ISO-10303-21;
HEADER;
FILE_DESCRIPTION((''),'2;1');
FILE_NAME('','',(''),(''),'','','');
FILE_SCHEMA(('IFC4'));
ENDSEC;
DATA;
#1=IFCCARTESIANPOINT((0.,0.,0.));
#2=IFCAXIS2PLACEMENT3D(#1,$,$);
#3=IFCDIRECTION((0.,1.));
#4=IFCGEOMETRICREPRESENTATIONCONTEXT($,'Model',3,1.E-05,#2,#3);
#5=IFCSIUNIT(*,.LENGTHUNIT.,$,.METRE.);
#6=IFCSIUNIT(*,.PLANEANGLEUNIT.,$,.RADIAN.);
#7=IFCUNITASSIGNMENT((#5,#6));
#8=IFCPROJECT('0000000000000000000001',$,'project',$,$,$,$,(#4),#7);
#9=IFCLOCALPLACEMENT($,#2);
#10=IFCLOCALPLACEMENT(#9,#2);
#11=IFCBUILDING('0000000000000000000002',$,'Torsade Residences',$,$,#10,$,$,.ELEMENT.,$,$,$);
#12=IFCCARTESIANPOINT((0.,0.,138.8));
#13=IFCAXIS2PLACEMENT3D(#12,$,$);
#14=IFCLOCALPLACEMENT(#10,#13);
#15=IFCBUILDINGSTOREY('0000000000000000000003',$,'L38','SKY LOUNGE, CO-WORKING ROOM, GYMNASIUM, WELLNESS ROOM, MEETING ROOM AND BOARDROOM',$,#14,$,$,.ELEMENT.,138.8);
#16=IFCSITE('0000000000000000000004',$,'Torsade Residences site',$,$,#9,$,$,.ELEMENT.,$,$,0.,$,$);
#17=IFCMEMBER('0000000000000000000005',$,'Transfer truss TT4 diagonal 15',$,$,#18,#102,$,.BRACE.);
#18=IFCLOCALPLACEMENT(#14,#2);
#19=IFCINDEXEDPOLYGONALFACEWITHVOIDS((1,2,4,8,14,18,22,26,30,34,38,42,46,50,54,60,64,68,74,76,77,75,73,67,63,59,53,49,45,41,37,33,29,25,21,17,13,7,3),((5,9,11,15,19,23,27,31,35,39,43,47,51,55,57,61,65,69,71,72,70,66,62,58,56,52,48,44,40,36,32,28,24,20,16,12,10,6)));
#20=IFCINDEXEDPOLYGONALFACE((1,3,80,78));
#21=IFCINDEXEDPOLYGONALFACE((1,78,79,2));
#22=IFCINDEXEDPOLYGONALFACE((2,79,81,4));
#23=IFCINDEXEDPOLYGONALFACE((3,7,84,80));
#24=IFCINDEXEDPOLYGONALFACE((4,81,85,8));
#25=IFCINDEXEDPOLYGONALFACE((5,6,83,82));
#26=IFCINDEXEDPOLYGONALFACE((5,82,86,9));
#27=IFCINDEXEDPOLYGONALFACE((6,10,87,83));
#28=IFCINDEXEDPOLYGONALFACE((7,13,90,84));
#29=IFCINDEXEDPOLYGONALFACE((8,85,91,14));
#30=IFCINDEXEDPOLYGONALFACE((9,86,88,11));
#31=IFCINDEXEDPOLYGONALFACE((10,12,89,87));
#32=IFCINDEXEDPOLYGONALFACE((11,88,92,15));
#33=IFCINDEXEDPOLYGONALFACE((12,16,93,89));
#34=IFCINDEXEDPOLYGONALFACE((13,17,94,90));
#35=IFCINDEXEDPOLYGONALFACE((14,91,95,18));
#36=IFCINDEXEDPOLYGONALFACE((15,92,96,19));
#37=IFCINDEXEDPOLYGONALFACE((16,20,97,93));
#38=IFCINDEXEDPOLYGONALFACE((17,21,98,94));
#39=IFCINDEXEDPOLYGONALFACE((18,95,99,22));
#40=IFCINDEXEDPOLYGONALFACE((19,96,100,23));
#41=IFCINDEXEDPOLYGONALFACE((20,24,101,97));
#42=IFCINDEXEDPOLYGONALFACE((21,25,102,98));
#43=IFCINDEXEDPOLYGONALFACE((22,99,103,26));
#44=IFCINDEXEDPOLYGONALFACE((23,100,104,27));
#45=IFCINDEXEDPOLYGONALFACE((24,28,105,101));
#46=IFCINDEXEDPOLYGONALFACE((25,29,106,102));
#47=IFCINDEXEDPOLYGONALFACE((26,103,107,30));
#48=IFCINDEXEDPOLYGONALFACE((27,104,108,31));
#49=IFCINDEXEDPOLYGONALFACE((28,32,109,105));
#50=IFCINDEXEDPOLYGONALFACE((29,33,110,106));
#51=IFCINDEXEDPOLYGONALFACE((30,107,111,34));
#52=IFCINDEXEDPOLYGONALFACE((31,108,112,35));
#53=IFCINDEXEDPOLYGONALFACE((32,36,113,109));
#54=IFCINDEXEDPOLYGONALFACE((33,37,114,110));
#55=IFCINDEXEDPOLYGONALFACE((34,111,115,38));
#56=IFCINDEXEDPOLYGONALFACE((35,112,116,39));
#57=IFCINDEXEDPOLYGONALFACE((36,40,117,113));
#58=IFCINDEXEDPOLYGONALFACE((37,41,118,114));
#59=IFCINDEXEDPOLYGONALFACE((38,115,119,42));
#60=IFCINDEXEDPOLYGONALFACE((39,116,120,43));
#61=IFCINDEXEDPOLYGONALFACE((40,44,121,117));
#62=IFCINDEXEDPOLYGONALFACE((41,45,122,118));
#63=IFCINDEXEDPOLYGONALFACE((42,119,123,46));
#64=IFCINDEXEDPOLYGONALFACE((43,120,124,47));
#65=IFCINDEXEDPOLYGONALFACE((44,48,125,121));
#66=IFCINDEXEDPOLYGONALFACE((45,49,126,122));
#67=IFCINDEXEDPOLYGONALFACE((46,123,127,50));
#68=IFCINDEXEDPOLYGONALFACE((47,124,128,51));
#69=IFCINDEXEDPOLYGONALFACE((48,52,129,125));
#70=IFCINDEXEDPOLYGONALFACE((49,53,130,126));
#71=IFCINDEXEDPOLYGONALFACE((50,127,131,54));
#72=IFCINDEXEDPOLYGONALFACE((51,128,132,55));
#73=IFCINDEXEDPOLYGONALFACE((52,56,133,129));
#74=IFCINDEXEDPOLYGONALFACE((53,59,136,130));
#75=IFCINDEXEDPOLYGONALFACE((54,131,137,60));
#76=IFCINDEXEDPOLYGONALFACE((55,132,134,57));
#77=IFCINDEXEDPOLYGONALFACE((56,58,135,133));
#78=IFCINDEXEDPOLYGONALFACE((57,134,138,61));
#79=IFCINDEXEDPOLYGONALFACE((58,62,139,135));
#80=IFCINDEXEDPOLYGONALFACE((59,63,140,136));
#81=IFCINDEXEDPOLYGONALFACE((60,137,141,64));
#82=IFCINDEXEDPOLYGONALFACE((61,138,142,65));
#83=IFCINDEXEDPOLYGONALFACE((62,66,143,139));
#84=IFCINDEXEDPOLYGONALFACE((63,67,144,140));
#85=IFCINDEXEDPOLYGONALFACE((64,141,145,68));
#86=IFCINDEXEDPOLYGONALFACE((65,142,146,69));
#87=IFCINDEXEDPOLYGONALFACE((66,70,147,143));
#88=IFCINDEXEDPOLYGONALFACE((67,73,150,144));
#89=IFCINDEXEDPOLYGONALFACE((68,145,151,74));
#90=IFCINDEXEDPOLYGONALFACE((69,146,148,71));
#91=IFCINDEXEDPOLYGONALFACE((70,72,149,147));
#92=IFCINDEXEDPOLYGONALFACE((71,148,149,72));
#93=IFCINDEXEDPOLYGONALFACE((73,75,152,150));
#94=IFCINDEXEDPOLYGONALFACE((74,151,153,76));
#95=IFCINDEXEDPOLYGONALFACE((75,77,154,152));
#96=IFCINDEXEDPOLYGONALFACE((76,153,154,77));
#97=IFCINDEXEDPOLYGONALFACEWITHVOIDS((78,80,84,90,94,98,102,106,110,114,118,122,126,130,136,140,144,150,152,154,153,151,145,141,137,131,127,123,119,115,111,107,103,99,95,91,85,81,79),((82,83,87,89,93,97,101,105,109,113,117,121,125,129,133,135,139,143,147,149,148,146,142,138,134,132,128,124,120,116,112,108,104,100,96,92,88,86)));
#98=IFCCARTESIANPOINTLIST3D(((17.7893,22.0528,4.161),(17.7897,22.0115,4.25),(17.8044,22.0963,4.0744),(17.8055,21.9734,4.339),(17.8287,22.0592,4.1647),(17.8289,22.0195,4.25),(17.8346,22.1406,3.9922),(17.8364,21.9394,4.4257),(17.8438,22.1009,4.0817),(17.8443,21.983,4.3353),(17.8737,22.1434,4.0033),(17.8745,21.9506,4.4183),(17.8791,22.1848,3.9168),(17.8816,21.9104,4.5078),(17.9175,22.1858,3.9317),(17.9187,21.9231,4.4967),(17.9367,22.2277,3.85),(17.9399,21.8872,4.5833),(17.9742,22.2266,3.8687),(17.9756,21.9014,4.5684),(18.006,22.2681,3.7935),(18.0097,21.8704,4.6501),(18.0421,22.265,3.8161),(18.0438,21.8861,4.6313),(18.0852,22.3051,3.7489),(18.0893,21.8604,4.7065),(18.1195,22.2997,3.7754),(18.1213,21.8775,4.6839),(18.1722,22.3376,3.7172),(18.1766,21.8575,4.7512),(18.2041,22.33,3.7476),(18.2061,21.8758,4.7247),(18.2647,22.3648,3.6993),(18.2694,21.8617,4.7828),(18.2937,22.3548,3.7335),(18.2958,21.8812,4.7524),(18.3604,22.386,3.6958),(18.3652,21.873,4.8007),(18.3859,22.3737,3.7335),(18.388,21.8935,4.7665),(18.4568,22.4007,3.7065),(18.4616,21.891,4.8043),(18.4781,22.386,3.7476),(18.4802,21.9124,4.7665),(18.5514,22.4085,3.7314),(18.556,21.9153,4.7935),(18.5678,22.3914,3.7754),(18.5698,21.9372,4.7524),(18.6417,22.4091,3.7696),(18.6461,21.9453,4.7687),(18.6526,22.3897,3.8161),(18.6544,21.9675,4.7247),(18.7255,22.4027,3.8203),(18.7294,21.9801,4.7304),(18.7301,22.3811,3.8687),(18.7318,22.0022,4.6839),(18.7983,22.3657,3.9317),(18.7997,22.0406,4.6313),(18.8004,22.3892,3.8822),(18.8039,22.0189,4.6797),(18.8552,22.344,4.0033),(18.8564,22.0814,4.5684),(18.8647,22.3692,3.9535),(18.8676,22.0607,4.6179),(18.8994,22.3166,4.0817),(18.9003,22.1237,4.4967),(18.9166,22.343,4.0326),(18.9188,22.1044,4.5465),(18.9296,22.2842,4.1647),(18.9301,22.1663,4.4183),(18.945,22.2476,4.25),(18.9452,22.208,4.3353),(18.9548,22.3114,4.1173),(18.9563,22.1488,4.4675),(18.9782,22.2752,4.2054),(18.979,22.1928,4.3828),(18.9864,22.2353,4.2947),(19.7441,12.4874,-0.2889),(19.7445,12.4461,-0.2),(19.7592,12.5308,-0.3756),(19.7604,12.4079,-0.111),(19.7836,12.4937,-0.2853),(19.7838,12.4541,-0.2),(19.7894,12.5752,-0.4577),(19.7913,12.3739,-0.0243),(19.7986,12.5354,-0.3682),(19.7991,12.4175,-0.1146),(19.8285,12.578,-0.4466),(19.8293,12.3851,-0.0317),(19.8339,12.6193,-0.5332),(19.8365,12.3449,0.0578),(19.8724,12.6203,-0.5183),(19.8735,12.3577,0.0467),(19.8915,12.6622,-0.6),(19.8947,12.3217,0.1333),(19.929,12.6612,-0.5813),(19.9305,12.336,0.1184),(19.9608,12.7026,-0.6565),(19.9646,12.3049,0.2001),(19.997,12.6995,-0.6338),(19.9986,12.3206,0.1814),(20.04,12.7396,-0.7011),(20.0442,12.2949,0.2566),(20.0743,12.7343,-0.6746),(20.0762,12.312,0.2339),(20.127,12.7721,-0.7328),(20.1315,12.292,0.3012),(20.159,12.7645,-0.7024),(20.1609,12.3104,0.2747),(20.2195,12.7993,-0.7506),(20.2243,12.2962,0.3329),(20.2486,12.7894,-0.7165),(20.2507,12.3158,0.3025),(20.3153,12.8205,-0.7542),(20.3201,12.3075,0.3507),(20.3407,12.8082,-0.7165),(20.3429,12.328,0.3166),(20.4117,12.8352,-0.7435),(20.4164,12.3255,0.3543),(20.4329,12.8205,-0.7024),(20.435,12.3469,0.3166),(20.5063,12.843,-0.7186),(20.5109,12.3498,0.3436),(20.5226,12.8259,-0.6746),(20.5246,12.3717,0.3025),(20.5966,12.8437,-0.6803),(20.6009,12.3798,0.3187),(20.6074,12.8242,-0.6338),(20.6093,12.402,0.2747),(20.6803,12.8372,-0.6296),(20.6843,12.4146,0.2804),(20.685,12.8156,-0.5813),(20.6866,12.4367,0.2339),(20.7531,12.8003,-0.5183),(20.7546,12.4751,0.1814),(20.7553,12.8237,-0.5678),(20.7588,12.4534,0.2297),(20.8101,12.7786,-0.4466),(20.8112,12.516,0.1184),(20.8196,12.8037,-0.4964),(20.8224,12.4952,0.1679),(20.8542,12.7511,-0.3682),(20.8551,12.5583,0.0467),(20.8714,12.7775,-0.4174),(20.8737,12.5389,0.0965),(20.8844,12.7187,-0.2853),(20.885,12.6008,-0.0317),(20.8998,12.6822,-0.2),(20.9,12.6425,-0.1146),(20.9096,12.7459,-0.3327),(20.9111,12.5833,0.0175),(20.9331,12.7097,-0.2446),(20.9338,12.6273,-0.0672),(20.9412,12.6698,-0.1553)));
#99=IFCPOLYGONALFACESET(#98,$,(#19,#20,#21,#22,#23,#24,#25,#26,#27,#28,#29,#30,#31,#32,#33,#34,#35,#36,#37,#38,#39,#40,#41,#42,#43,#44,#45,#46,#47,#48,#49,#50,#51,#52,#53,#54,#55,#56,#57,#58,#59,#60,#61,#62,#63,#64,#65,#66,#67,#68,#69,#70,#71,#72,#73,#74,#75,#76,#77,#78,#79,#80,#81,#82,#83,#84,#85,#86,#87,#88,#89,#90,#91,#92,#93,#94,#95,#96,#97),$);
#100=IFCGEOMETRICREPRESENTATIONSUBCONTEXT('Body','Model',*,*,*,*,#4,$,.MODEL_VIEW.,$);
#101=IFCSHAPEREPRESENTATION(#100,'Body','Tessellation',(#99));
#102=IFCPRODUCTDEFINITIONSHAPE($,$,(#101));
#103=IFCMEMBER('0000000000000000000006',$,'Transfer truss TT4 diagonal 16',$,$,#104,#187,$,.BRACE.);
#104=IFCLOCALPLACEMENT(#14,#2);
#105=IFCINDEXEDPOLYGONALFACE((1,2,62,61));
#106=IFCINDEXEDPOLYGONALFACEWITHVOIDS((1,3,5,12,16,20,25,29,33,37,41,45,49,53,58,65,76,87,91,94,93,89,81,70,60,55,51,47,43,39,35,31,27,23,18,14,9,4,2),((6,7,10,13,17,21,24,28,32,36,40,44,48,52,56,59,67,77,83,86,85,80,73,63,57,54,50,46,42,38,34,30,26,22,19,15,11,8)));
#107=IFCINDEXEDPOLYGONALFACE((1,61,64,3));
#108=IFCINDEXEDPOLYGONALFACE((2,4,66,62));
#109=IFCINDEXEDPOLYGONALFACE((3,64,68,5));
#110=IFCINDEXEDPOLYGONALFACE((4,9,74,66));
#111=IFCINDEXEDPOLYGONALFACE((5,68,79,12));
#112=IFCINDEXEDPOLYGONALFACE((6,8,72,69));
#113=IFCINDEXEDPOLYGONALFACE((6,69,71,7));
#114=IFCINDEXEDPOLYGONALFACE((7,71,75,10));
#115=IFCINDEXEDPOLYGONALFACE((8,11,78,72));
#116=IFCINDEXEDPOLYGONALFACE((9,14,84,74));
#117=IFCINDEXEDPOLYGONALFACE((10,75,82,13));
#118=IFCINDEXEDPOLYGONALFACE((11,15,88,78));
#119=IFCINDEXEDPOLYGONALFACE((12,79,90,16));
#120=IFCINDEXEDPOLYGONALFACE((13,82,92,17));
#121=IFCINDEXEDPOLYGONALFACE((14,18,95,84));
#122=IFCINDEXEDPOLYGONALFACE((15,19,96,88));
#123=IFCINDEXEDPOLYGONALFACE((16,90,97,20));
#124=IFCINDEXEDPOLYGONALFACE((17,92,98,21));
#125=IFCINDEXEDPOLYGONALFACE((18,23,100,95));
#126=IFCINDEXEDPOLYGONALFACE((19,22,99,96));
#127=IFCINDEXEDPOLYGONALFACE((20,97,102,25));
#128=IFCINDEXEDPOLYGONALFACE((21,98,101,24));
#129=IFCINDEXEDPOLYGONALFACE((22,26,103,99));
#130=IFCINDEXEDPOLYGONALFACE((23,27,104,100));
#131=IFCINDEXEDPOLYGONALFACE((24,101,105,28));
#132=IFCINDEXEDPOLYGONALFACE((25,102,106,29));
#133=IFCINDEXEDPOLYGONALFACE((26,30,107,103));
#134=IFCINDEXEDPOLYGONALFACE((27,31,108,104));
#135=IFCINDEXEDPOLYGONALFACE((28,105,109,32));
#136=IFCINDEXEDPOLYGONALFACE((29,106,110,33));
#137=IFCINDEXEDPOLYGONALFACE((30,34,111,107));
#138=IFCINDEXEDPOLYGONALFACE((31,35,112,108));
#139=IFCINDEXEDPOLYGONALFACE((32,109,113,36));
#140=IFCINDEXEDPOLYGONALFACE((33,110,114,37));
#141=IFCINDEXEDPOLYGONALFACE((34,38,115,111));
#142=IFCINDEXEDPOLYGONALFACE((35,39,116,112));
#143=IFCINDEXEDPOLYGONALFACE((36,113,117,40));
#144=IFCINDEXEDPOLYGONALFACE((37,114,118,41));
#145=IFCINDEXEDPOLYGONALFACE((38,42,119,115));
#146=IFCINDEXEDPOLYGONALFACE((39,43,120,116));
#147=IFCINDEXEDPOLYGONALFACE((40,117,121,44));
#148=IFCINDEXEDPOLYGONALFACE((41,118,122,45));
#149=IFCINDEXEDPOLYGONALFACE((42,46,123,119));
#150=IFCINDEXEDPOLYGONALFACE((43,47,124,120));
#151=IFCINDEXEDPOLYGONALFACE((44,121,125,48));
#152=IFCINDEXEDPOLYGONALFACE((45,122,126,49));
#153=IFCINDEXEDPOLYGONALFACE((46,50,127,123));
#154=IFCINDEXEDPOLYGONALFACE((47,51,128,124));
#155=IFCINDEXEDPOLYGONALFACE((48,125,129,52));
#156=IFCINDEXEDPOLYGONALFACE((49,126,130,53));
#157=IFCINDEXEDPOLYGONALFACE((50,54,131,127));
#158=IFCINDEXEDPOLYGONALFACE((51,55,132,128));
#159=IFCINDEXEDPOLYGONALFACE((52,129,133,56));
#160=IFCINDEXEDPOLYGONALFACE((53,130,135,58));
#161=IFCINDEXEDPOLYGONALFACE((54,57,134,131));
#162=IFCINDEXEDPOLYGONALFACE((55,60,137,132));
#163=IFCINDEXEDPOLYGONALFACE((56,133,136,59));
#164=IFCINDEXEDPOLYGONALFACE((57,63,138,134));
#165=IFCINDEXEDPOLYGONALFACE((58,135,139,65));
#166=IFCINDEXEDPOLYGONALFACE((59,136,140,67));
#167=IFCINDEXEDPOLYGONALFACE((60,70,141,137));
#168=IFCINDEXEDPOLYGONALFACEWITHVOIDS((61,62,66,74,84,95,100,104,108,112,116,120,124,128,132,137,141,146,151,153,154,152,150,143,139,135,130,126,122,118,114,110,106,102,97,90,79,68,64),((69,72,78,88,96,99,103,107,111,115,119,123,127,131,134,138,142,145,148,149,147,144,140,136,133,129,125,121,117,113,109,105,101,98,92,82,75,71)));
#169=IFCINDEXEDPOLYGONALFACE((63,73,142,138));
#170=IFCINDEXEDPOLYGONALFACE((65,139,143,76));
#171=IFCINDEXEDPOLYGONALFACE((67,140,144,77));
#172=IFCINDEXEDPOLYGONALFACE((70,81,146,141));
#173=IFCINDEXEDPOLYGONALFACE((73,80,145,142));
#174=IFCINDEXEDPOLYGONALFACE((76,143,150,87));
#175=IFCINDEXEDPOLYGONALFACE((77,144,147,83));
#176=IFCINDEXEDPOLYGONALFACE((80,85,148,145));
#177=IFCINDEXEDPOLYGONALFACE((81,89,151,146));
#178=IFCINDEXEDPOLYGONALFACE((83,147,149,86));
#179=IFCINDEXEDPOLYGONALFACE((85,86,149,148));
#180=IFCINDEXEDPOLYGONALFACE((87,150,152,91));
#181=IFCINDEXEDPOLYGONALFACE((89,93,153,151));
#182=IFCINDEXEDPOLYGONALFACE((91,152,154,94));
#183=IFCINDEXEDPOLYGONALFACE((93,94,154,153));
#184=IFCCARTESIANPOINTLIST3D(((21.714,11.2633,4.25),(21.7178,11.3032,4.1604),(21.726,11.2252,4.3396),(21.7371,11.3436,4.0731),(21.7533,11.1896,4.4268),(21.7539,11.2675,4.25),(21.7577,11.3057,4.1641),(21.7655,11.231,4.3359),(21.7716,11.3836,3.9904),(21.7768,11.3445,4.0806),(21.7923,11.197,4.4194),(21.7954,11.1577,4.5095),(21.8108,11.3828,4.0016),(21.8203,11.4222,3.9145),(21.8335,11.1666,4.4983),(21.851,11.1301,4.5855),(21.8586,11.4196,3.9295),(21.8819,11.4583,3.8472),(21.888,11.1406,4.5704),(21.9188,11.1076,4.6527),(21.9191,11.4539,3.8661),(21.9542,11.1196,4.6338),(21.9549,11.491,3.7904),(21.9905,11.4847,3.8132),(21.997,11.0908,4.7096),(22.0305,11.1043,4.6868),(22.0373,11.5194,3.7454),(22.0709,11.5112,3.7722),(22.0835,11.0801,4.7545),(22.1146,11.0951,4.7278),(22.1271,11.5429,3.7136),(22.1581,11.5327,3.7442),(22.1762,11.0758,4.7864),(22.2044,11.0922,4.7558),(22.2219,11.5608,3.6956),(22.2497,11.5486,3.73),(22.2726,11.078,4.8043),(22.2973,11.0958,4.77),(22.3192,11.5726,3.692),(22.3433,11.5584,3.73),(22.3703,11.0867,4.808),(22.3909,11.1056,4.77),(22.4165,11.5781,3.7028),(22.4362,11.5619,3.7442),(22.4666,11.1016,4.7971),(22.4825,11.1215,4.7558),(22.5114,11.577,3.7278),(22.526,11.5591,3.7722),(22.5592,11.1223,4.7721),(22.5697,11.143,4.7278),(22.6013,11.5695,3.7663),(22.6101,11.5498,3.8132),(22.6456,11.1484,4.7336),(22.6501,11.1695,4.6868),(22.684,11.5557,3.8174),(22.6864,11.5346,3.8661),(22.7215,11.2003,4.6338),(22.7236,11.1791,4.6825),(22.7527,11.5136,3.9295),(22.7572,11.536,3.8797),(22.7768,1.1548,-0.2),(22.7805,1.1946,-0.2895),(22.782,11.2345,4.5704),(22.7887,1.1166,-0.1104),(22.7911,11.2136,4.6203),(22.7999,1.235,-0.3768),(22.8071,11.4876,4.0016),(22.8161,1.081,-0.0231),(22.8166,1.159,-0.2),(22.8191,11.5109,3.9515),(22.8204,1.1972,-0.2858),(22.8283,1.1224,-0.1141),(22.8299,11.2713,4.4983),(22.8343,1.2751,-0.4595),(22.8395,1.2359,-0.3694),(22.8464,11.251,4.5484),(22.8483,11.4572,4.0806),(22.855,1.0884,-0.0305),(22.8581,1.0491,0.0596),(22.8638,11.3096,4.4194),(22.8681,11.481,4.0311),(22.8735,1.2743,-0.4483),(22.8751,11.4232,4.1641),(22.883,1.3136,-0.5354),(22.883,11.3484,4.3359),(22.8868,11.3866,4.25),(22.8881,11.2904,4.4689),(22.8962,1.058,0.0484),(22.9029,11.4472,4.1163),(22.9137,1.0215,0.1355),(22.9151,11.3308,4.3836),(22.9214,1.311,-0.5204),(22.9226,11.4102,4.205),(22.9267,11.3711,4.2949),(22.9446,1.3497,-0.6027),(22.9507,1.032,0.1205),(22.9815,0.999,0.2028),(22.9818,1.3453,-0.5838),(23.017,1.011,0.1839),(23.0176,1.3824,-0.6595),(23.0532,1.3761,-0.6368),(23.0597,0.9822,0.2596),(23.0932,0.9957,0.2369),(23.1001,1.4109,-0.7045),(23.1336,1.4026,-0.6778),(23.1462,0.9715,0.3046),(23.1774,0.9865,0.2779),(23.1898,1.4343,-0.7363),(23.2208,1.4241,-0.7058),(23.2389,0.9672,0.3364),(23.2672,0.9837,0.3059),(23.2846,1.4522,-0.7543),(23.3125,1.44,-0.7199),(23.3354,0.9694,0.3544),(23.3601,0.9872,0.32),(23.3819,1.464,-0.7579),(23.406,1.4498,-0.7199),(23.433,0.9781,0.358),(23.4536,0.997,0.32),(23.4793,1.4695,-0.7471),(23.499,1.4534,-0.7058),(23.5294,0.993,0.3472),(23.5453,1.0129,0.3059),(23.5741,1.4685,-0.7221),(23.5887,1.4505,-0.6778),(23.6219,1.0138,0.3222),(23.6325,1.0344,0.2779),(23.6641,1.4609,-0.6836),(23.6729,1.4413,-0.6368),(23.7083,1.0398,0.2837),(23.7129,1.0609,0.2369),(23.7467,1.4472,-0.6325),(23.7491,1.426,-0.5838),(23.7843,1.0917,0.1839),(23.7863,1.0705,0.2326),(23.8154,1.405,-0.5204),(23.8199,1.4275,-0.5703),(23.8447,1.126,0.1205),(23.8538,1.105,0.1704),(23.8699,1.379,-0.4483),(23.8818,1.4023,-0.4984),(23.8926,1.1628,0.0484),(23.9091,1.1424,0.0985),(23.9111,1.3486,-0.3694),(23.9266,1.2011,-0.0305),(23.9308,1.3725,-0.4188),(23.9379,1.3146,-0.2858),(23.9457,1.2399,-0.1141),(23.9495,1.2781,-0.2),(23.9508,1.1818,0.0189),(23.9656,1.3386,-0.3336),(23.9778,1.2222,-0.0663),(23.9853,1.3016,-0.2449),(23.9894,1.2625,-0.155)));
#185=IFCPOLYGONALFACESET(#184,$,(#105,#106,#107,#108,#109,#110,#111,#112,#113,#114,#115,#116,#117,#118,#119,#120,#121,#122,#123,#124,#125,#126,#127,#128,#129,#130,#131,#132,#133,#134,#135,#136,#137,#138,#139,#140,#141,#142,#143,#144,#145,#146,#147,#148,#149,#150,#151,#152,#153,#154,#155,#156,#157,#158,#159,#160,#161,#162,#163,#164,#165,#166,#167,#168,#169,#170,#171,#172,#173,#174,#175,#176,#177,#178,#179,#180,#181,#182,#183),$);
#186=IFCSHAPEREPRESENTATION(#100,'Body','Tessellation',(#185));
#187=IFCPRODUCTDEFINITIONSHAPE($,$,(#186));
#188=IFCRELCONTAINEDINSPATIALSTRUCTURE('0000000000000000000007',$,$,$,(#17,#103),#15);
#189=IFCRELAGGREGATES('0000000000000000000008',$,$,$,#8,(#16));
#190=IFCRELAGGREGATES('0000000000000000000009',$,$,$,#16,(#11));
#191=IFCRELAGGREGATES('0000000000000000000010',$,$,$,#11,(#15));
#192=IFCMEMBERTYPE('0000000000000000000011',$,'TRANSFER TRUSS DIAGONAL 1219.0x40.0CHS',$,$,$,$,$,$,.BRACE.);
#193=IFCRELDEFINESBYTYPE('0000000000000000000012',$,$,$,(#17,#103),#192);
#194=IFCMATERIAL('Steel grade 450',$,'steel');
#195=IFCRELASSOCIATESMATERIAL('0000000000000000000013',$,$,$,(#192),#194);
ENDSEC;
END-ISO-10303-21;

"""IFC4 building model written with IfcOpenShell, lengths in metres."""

from ifc_helpers import new_model, si_unit, direction, frame, origin, origin_2d, place, context, subcontext, project, spatial, hollow_circle, extrude, material, material_profile, profile_set, type_object, element, save


model = new_model("IFC4")

# Units and contexts
model_context = context("Model", 3, precision=1e-05, world=origin(), true_north=direction((0.0, 1.0)))
body_context = subcontext(model_context, "Body", "Model", "MODEL_VIEW")
ifc_project = project(units=[si_unit("LENGTHUNIT", "METRE"), si_unit("PLANEANGLEUNIT", "RADIAN")], contexts=[model_context])

# Site, building, storey
site_placement = place(None, origin())
site = spatial("IfcSite", under=ifc_project, at=site_placement, Name="Torsade Residences site", CompositionType="ELEMENT", RefElevation=0.0)
building_placement = place(site_placement, origin())
building = spatial("IfcBuilding", under=site, at=building_placement, Name="Torsade Residences", CompositionType="ELEMENT")
storey_placement = place(building_placement, frame((0.0, 0.0, 138.8)))
storey = spatial("IfcBuildingStorey", under=building, at=storey_placement, Name="L38", Description="SKY LOUNGE, CO-WORKING ROOM, GYMNASIUM, WELLNESS ROOM, MEETING ROOM AND BOARDROOM", CompositionType="ELEMENT", Elevation=138.8)

# Members
ifc_material_1 = material(Name="Steel grade 450", Category="steel")
ifc_material_profile_1 = material_profile(ifc_material_1, hollow_circle(Radius=0.6096, WallThickness=0.04, at=origin_2d()), Name="1219.0x40.0CHS")
ifc_profile_set_1 = profile_set([ifc_material_profile_1], Name="Steel grade 450")
member_type_1 = type_object("IfcMemberType", Name="TRANSFER TRUSS DIAGONAL 1219.0x40.0CHS", PredefinedType="BRACE", material=ifc_profile_set_1)
member_1_placement = place(storey_placement, frame((20.3418, 12.5681, -0.2), z_axis=(-0.182193, 0.891512, 0.414742), x_axis=(-0.97975, -0.200226, 0.0)))
element("IfcMember", 1, at=member_1_placement, inside=storey, type_object=member_type_1, Name="Transfer truss TT4 diagonal 15", PredefinedType="BRACE", context=body_context, shape_type="SweptSolid", body=[
    extrude(hollow_circle(Radius=0.6096, WallThickness=0.04, at=origin_2d()), origin(), (0.0, 0.0, 1.0), 10.7295),
])
member_2_placement = place(storey_placement, frame((23.3831, 1.2185, -0.2), z_axis=(-0.095779, 0.911036, 0.401049), x_axis=(-0.994519, -0.104556, 0.0)))
element("IfcMember", 2, at=member_2_placement, inside=storey, type_object=member_type_1, Name="Transfer truss TT4 diagonal 16", PredefinedType="BRACE", context=body_context, shape_type="SweptSolid", body=[
    extrude(hollow_circle(Radius=0.6096, WallThickness=0.04, at=origin_2d()), origin(), (0.0, 0.0, 1.0), 11.0957),
])

save(model, "model.ifc")
